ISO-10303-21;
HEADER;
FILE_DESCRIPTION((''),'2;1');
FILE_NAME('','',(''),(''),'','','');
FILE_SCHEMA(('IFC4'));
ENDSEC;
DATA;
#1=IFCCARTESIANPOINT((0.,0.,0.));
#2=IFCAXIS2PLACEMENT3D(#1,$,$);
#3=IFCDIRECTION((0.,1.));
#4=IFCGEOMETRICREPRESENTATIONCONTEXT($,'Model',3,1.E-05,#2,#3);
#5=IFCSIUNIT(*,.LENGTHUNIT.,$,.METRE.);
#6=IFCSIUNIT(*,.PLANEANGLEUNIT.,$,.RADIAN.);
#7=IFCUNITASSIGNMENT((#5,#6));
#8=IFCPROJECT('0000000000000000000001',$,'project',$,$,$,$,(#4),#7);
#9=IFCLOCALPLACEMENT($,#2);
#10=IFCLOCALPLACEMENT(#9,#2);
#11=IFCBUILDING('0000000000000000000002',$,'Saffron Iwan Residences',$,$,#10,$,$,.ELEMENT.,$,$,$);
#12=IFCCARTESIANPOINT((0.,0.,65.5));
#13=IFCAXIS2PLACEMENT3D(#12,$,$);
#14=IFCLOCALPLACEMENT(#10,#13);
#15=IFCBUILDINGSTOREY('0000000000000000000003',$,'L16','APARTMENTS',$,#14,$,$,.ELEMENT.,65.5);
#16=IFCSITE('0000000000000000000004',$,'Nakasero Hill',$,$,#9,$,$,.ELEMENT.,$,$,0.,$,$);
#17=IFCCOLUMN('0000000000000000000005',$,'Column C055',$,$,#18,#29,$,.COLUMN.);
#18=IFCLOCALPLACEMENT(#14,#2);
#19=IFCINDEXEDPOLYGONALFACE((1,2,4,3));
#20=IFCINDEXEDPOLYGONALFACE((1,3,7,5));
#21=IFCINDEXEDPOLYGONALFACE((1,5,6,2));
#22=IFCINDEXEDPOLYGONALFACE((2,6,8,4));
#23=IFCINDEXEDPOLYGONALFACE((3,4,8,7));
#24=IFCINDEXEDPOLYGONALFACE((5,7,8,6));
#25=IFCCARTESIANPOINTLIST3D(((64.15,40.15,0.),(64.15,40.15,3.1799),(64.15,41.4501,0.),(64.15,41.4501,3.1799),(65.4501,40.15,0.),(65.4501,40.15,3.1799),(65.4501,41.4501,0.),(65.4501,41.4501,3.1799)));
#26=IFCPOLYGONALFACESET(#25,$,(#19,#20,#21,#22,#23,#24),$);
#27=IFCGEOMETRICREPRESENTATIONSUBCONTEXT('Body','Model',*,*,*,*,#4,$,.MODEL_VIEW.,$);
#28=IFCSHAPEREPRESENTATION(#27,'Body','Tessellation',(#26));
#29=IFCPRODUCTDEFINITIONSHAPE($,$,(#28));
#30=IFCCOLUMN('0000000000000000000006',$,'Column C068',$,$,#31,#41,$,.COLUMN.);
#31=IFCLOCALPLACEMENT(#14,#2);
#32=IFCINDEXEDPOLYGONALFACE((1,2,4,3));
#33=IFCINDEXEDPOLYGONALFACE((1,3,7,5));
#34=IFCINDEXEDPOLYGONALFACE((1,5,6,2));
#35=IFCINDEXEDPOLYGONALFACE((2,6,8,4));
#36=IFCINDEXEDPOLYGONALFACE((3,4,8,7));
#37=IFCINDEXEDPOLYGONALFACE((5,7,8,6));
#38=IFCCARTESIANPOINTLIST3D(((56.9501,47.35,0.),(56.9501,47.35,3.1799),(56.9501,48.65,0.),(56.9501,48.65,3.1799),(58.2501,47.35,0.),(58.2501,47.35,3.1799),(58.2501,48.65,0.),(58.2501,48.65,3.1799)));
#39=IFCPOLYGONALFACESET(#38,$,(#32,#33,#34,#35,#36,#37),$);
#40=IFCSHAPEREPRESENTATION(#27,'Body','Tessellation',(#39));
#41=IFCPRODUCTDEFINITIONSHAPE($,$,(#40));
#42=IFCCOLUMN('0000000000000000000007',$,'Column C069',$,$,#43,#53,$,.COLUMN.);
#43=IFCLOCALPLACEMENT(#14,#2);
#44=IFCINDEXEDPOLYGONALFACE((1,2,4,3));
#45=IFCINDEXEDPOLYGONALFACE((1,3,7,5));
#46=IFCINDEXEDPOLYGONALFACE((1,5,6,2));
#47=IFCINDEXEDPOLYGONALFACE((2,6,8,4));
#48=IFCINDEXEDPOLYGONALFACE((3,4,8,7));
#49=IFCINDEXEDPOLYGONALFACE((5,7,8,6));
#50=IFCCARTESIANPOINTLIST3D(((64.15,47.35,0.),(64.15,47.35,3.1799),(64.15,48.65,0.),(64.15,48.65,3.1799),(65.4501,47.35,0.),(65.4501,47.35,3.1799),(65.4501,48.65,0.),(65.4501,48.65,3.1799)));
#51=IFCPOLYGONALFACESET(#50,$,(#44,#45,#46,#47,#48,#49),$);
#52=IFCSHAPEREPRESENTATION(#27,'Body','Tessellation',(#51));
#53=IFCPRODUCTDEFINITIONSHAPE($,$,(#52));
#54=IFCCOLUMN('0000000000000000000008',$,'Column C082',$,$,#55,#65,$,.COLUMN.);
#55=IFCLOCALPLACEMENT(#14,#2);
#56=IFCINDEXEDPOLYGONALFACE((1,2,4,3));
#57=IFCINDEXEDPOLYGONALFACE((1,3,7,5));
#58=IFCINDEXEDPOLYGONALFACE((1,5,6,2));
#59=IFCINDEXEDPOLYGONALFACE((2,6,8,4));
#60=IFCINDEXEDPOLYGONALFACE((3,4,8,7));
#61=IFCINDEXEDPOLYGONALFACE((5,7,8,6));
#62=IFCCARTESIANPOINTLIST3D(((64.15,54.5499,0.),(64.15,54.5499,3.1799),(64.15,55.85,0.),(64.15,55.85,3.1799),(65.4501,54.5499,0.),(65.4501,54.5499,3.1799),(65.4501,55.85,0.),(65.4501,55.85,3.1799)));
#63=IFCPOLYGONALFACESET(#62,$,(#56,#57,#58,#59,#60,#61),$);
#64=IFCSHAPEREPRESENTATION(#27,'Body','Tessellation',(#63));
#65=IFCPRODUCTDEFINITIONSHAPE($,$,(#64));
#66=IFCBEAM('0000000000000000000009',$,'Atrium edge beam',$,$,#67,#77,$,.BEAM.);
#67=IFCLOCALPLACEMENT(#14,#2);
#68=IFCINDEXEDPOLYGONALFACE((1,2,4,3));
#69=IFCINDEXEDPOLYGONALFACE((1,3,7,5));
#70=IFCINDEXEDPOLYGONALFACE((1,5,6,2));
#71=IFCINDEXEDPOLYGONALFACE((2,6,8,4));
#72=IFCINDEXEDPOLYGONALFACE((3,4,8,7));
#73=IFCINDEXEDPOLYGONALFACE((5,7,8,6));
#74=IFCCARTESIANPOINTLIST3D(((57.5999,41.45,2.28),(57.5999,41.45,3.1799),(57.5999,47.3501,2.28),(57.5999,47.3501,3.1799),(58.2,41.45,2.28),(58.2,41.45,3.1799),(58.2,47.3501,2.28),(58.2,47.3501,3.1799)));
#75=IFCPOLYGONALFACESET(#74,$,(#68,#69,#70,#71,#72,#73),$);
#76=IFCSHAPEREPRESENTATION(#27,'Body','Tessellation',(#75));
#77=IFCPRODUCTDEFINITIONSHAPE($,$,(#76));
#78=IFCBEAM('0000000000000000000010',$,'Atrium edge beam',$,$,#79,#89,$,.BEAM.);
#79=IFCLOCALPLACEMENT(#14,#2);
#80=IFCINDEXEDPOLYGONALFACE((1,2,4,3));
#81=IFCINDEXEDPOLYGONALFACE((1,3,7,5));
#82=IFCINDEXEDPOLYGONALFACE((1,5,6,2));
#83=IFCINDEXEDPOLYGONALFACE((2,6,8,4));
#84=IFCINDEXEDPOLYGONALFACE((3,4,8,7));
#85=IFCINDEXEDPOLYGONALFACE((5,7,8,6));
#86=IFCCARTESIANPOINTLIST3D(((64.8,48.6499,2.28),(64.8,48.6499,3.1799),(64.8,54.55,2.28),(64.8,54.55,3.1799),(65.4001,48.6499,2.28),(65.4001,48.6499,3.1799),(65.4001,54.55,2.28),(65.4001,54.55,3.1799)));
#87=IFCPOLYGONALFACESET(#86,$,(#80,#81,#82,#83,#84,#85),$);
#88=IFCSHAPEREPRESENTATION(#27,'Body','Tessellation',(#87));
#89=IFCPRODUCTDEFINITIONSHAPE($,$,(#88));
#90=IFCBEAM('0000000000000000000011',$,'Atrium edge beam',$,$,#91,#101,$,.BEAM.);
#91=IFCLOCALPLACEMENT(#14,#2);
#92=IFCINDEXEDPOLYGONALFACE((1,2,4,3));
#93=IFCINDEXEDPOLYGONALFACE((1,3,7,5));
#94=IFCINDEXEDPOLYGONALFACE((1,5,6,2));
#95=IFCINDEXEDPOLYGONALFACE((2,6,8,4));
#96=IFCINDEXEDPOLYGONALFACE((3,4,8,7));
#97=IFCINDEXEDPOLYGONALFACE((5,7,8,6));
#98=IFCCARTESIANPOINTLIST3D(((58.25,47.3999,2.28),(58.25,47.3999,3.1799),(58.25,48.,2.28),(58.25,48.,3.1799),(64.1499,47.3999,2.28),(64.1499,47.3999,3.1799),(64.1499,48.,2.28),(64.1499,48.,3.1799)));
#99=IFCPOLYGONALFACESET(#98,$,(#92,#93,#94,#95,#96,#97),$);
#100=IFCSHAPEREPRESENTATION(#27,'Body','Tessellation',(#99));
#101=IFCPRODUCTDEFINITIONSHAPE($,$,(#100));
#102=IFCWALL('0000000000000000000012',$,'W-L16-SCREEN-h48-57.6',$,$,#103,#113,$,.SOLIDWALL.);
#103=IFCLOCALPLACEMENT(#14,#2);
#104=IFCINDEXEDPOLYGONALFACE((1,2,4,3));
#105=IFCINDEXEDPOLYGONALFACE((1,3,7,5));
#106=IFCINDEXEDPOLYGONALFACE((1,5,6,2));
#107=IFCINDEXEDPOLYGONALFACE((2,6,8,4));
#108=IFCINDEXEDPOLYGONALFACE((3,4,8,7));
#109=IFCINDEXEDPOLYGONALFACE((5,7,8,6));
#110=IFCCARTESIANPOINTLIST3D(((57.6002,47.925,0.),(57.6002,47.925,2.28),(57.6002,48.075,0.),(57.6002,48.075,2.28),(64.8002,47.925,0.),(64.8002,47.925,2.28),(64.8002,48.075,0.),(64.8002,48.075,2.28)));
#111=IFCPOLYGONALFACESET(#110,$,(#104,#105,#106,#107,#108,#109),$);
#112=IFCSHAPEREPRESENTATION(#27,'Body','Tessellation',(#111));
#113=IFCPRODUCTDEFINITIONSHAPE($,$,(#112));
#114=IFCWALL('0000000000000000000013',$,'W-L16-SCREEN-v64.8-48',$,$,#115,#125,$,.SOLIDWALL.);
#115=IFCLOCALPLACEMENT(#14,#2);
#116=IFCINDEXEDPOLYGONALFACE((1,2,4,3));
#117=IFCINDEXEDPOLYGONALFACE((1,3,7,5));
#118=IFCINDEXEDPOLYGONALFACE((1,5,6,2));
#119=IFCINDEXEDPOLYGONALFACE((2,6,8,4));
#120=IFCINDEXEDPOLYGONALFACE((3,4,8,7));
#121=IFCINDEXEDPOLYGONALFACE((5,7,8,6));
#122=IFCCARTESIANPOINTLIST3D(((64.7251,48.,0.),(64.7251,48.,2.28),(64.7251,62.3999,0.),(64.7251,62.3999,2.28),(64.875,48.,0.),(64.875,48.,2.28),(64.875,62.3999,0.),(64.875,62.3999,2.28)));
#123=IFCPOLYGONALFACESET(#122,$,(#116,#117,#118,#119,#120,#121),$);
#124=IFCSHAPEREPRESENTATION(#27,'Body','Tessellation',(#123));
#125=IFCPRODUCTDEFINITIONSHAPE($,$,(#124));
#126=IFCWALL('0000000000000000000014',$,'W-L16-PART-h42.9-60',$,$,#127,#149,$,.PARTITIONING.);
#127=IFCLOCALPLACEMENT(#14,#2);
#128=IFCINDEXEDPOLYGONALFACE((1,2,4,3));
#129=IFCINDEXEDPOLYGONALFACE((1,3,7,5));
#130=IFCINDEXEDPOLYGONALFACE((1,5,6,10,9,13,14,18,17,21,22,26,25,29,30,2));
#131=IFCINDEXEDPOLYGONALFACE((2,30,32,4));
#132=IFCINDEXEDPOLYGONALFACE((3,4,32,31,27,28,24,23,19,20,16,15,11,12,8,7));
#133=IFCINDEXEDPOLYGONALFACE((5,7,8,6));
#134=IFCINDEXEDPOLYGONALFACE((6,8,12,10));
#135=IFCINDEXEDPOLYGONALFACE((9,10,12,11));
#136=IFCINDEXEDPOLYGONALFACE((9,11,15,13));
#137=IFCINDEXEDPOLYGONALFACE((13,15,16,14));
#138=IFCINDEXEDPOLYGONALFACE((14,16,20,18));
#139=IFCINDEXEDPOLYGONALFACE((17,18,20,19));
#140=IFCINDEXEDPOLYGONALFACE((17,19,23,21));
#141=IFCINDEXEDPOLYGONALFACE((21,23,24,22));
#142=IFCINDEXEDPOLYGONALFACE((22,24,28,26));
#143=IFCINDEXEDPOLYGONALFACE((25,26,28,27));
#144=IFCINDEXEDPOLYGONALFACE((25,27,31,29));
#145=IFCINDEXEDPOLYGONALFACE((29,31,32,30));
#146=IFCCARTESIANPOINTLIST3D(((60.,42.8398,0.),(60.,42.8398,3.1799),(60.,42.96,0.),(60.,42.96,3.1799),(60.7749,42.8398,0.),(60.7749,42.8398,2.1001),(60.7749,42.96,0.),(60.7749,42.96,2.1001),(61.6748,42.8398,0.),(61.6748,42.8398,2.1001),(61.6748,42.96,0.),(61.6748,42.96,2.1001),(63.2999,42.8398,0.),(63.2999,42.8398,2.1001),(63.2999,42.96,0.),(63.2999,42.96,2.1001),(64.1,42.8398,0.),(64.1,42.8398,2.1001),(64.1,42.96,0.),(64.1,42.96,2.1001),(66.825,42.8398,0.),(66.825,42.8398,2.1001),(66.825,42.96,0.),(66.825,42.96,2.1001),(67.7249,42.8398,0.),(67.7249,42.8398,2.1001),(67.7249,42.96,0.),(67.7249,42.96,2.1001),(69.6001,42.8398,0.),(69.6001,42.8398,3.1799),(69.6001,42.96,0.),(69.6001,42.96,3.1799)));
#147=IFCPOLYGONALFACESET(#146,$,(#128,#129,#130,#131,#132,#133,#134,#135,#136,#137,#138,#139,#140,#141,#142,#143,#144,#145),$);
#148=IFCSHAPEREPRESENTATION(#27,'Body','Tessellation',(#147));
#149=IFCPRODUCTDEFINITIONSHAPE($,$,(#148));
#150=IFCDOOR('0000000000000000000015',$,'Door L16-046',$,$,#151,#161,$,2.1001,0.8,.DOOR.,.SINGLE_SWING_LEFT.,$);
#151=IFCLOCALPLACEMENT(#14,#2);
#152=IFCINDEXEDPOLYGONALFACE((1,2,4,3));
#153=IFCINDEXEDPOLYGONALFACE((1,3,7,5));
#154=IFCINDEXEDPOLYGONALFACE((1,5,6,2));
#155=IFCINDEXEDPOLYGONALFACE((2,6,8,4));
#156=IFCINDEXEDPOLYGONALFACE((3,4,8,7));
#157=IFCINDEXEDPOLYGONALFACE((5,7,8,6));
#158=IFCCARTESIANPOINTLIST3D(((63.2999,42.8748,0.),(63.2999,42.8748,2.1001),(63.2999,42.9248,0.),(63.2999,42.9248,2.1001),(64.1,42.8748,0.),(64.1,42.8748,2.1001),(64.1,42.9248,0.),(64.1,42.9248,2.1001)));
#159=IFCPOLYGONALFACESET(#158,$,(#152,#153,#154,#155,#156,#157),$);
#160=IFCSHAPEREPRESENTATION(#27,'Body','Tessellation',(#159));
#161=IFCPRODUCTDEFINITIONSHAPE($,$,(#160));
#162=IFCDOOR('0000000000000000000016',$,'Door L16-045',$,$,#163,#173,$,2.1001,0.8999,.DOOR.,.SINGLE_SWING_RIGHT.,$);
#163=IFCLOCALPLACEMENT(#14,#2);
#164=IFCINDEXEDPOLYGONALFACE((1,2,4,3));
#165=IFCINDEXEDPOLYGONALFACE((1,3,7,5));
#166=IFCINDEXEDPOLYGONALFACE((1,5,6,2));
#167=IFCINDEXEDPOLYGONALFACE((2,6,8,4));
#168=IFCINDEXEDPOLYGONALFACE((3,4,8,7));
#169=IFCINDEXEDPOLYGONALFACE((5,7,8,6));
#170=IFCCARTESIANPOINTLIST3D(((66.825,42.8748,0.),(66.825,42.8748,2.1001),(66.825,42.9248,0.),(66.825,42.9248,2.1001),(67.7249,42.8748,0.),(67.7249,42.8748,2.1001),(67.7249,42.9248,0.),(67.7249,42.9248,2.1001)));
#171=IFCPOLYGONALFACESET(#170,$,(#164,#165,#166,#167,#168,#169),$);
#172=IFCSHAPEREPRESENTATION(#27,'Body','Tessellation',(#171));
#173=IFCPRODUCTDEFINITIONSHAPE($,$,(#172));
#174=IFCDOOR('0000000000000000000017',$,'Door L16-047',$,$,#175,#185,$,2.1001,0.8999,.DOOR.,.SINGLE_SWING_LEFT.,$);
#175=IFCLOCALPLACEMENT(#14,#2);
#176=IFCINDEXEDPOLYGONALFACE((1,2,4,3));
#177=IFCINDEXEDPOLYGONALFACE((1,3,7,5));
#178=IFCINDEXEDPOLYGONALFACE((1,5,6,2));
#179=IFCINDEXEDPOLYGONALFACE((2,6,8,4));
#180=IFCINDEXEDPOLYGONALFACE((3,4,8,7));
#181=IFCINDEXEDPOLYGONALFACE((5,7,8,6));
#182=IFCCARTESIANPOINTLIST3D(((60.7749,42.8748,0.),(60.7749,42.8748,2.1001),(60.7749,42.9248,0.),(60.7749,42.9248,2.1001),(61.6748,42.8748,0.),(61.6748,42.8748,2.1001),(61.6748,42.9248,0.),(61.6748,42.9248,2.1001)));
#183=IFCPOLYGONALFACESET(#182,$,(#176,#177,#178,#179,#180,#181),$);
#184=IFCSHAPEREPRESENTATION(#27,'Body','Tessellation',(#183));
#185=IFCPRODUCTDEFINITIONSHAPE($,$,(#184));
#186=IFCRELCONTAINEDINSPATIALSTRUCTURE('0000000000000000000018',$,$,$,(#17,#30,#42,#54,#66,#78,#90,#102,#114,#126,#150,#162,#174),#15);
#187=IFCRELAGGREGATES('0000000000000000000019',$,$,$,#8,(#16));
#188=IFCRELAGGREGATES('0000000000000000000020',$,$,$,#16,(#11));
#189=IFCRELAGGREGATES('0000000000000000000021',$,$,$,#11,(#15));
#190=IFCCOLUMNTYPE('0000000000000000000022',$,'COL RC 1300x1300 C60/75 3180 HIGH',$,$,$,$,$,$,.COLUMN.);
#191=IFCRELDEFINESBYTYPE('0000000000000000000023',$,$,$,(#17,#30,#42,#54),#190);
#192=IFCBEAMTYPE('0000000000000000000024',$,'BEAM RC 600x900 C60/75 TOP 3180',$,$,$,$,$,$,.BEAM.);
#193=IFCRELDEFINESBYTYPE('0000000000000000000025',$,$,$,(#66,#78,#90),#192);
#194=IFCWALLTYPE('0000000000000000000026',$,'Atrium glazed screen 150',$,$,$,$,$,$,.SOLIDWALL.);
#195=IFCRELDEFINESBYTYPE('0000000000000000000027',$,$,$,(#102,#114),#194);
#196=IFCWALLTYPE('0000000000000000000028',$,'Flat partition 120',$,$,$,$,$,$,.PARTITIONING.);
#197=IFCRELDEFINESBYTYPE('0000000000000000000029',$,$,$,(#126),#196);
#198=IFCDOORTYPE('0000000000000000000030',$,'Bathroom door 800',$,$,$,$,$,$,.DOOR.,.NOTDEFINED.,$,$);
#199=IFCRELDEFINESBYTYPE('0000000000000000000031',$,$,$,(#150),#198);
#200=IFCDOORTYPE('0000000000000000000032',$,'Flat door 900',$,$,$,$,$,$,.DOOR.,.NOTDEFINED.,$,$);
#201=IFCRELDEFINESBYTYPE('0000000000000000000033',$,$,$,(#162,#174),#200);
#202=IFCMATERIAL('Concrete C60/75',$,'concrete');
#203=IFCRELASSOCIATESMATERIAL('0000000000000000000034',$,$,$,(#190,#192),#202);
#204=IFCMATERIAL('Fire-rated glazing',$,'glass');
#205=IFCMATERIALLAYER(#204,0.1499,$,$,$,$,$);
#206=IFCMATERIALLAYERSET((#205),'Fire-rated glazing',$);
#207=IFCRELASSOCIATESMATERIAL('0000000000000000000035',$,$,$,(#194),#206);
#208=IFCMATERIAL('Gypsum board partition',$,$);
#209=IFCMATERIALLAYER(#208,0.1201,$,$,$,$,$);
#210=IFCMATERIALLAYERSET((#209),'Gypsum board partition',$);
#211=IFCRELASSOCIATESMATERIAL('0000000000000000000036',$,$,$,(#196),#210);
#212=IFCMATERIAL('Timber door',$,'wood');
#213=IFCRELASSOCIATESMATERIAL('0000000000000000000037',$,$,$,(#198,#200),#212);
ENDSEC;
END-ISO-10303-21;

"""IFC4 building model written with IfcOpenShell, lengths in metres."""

from ifc_helpers import new_model, si_unit, direction, frame, frame_2d, origin, origin_2d, place, context, subcontext, project, spatial, rectangle, extrude, source, transform, mapped, material, layer, layer_set, material_profile, profile_set, type_object, element, fill, save


model = new_model("IFC4")

# Units and contexts
model_context = context("Model", 3, precision=1e-05, world=origin(), true_north=direction((0.0, 1.0)))
body_context = subcontext(model_context, "Body", "Model", "MODEL_VIEW")
ifc_project = project(units=[si_unit("LENGTHUNIT", "METRE"), si_unit("PLANEANGLEUNIT", "RADIAN")], contexts=[model_context])

# Site, building, storey
site_placement = place(None, origin())
site = spatial("IfcSite", under=ifc_project, at=site_placement, Name="Nakasero Hill", CompositionType="ELEMENT", RefElevation=0.0)
building_placement = place(site_placement, origin())
building = spatial("IfcBuilding", under=site, at=building_placement, Name="Saffron Iwan Residences", CompositionType="ELEMENT")
storey_placement = place(building_placement, frame((0.0, 0.0, 65.5)))
storey = spatial("IfcBuildingStorey", under=building, at=storey_placement, Name="L16", Description="APARTMENTS", CompositionType="ELEMENT", Elevation=65.5)

# Columns
ifc_material_1 = material(Name="Concrete C60/75", Category="concrete")
ifc_material_profile_1 = material_profile(ifc_material_1, rectangle(XDim=1.3, YDim=1.3, at=origin_2d()), Name="RC 1300x1300")
ifc_profile_set_1 = profile_set([ifc_material_profile_1], Name="Concrete C60/75")
column_type = type_object("IfcColumnType", Name="COL RC 1300x1300 C60/75 3180 HIGH", PredefinedType="COLUMN", material=ifc_profile_set_1)
shared_shape_1 = source(origin(), body_context, "Body", "SweptSolid", [
    extrude(rectangle(XDim=1.3, YDim=1.3, at=origin_2d()), origin(), (0.0, 0.0, 1.0), 3.1799),
])
for number, where, z_axis, x_axis, name in (
    (1, (64.8, 40.8, 0.0), (0.0, 0.0, 1.0), (1.0, 0.0, 0.0), "Column C055"),
    (2, (57.6001, 48.0, 0.0), (0.0, 0.0, 1.0), (1.0, 0.0, 0.0), "Column C068"),
    (3, (64.8, 48.0, 0.0), (0.0, 0.0, 1.0), (1.0, 0.0, 0.0), "Column C069"),
    (4, (64.8, 55.2, 0.0), (0.0, 0.0, 1.0), (1.0, 0.0, 0.0), "Column C082"),
):
    element("IfcColumn", number, at=place(storey_placement, frame(where, z_axis=z_axis, x_axis=x_axis)), inside=storey, type_object=column_type, Name=name, PredefinedType="COLUMN", context=body_context, shape_type="MappedRepresentation", body=[
        mapped(shared_shape_1, transform((0.0, 0.0, 0.0))),
    ])

# Beams
ifc_material_profile_2 = material_profile(ifc_material_1, rectangle(XDim=0.6001, YDim=0.8999, at=origin_2d()), Name="RC 600x900")
ifc_profile_set_2 = profile_set([ifc_material_profile_2], Name="Concrete C60/75")
beam_type = type_object("IfcBeamType", Name="BEAM RC 600x900 C60/75 TOP 3180", PredefinedType="BEAM", material=ifc_profile_set_2)
shared_shape_2 = source(origin(), body_context, "Body", "SweptSolid", [
    extrude(rectangle(XDim=0.6001, YDim=0.8999, at=origin_2d()), origin(), (0.0, 0.0, 1.0), 5.9001),
])
for number, where, z_axis, x_axis, name in (
    (5, (57.8999, 47.3501, 2.73), (0.0, -1.0, 0.0), (1.0, 0.0, 0.0), "Atrium edge beam"),
    (6, (65.1001, 54.55, 2.73), (0.0, -1.0, 0.0), (1.0, 0.0, 0.0), "Atrium edge beam"),
):
    element("IfcBeam", number, at=place(storey_placement, frame(where, z_axis=z_axis, x_axis=x_axis)), inside=storey, type_object=beam_type, Name=name, PredefinedType="BEAM", context=body_context, shape_type="MappedRepresentation", body=[
        mapped(shared_shape_2, transform((0.0, 0.0, 0.0))),
    ])
shared_shape_3 = source(origin(), body_context, "Body", "SweptSolid", [
    extrude(rectangle(XDim=0.6001, YDim=0.8999, at=origin_2d()), origin(), (0.0, 0.0, 1.0), 5.8999),
])
beam_placement = place(storey_placement, frame((64.1499, 47.7, 2.73), z_axis=(-1.0, 0.0, 0.0), x_axis=(0.0, -1.0, 0.0)))
element("IfcBeam", 7, at=beam_placement, inside=storey, type_object=beam_type, Name="Atrium edge beam", PredefinedType="BEAM", context=body_context, shape_type="MappedRepresentation", body=[
    mapped(shared_shape_3, transform((0.0, 0.0, 0.0))),
])

# Walls
ifc_material_2 = material(Name="Fire-rated glazing", Category="glass")
ifc_layer_1 = layer(ifc_material_2, 0.1499)
ifc_layer_set_1 = layer_set([ifc_layer_1], Name="Fire-rated glazing")
wall_type_1 = type_object("IfcWallType", Name="Atrium glazed screen 150", PredefinedType="SOLIDWALL", material=ifc_layer_set_1)
wall_1_placement = place(storey_placement, frame((57.6001, 48.0, 0.0), z_axis=(0.0, 0.0, 1.0), x_axis=(1.0, 0.0, 0.0)))
element("IfcWall", 8, at=wall_1_placement, inside=storey, type_object=wall_type_1, Name="W-L16-SCREEN-h48-57.6", PredefinedType="SOLIDWALL", context=body_context, shape_type="SweptSolid", body=[
    extrude(rectangle(XDim=7.2, YDim=0.1499, at=frame_2d((3.6001, 0.0))), origin(), (0.0, 0.0, 1.0), 2.28),
])
wall_2_placement = place(storey_placement, frame((64.8, 48.0, 0.0), z_axis=(0.0, 0.0, 1.0), x_axis=(0.0, 1.0, 0.0)))
element("IfcWall", 9, at=wall_2_placement, inside=storey, type_object=wall_type_1, Name="W-L16-SCREEN-v64.8-48", PredefinedType="SOLIDWALL", context=body_context, shape_type="SweptSolid", body=[
    extrude(rectangle(XDim=14.3999, YDim=0.1499, at=frame_2d((7.2, 0.0))), origin(), (0.0, 0.0, 1.0), 2.28),
])

# Wall, openings, doors
ifc_material_3 = material(Name="Gypsum board partition")
ifc_layer_2 = layer(ifc_material_3, 0.1201)
ifc_layer_set_2 = layer_set([ifc_layer_2], Name="Gypsum board partition")
wall_type_2 = type_object("IfcWallType", Name="Flat partition 120", PredefinedType="PARTITIONING", material=ifc_layer_set_2)
wall_3_placement = place(storey_placement, frame((60.0, 42.8999, 0.0), z_axis=(0.0, 0.0, 1.0), x_axis=(1.0, 0.0, 0.0)))
wall_3 = element("IfcWall", 10, at=wall_3_placement, inside=storey, type_object=wall_type_2, Name="W-L16-PART-h42.9-60", PredefinedType="PARTITIONING", context=body_context, shape_type="SweptSolid", body=[
    extrude(rectangle(XDim=9.6001, YDim=0.1201, at=frame_2d((4.8, 0.0))), origin(), (0.0, 0.0, 1.0), 3.1799),
])
opening_1_placement = place(wall_3_placement, frame((6.825, 0.0, 0.0)))
opening_1 = element("IfcOpeningElement", 11, at=opening_1_placement, cuts=wall_3, PredefinedType="OPENING", context=body_context, shape_type="SweptSolid", body=[
    extrude(rectangle(XDim=0.8999, YDim=2.1001, at=frame_2d((0.45, 1.05))), frame((0.0, 0.0701, 0.0), z_axis=(0.0, -1.0, 0.0), x_axis=(1.0, 0.0, 0.0)), (0.0, 0.0, 1.0), 0.1401),
])
opening_2_placement = place(wall_3_placement, frame((3.3, 0.0, 0.0)))
opening_2 = element("IfcOpeningElement", 12, at=opening_2_placement, cuts=wall_3, PredefinedType="OPENING", context=body_context, shape_type="SweptSolid", body=[
    extrude(rectangle(XDim=0.8, YDim=2.1001, at=frame_2d((0.3999, 1.05))), frame((0.0, 0.0701, 0.0), z_axis=(0.0, -1.0, 0.0), x_axis=(1.0, 0.0, 0.0)), (0.0, 0.0, 1.0), 0.1401),
])
opening_3_placement = place(wall_3_placement, frame((0.7749, 0.0, 0.0)))
opening_3 = element("IfcOpeningElement", 13, at=opening_3_placement, cuts=wall_3, PredefinedType="OPENING", context=body_context, shape_type="SweptSolid", body=[
    extrude(rectangle(XDim=0.8999, YDim=2.1001, at=frame_2d((0.45, 1.05))), frame((0.0, 0.0701, 0.0), z_axis=(0.0, -1.0, 0.0), x_axis=(1.0, 0.0, 0.0)), (0.0, 0.0, 1.0), 0.1401),
])
ifc_material_4 = material(Name="Timber door", Category="wood")
door_type_1 = type_object("IfcDoorType", Name="Bathroom door 800", OperationType="NOTDEFINED", PredefinedType="DOOR", material=ifc_material_4)
door_1_placement = place(opening_2_placement, origin())
door_1 = element("IfcDoor", 14, at=door_1_placement, inside=storey, type_object=door_type_1, Name="Door L16-046", OperationType="SINGLE_SWING_LEFT", OverallHeight=2.1001, OverallWidth=0.8, PredefinedType="DOOR", context=body_context, shape_type="SweptSolid", body=[
    extrude(rectangle(XDim=0.8, YDim=2.1001, at=frame_2d((0.3999, 1.05))), frame((0.0, 0.0249, 0.0), z_axis=(0.0, -1.0, 0.0), x_axis=(1.0, 0.0, 0.0)), (0.0, 0.0, 1.0), 0.05),
])
fill(opening_2, door_1)
door_type_2 = type_object("IfcDoorType", Name="Flat door 900", OperationType="NOTDEFINED", PredefinedType="DOOR", material=ifc_material_4)
door_2_placement = place(opening_1_placement, origin())
door_2 = element("IfcDoor", 15, at=door_2_placement, inside=storey, type_object=door_type_2, Name="Door L16-045", OperationType="SINGLE_SWING_RIGHT", OverallHeight=2.1001, OverallWidth=0.8999, PredefinedType="DOOR", context=body_context, shape_type="SweptSolid", body=[
    extrude(rectangle(XDim=0.8999, YDim=2.1001, at=frame_2d((0.45, 1.05))), frame((0.0, 0.0249, 0.0), z_axis=(0.0, -1.0, 0.0), x_axis=(1.0, 0.0, 0.0)), (0.0, 0.0, 1.0), 0.05),
])
fill(opening_1, door_2)
door_3_placement = place(opening_3_placement, origin())
door_3 = element("IfcDoor", 16, at=door_3_placement, inside=storey, type_object=door_type_2, Name="Door L16-047", OperationType="SINGLE_SWING_LEFT", OverallHeight=2.1001, OverallWidth=0.8999, PredefinedType="DOOR", context=body_context, shape_type="SweptSolid", body=[
    extrude(rectangle(XDim=0.8999, YDim=2.1001, at=frame_2d((0.45, 1.05))), frame((0.0, 0.0249, 0.0), z_axis=(0.0, -1.0, 0.0), x_axis=(1.0, 0.0, 0.0)), (0.0, 0.0, 1.0), 0.05),
])
fill(opening_3, door_3)

save(model, "model.ifc")
